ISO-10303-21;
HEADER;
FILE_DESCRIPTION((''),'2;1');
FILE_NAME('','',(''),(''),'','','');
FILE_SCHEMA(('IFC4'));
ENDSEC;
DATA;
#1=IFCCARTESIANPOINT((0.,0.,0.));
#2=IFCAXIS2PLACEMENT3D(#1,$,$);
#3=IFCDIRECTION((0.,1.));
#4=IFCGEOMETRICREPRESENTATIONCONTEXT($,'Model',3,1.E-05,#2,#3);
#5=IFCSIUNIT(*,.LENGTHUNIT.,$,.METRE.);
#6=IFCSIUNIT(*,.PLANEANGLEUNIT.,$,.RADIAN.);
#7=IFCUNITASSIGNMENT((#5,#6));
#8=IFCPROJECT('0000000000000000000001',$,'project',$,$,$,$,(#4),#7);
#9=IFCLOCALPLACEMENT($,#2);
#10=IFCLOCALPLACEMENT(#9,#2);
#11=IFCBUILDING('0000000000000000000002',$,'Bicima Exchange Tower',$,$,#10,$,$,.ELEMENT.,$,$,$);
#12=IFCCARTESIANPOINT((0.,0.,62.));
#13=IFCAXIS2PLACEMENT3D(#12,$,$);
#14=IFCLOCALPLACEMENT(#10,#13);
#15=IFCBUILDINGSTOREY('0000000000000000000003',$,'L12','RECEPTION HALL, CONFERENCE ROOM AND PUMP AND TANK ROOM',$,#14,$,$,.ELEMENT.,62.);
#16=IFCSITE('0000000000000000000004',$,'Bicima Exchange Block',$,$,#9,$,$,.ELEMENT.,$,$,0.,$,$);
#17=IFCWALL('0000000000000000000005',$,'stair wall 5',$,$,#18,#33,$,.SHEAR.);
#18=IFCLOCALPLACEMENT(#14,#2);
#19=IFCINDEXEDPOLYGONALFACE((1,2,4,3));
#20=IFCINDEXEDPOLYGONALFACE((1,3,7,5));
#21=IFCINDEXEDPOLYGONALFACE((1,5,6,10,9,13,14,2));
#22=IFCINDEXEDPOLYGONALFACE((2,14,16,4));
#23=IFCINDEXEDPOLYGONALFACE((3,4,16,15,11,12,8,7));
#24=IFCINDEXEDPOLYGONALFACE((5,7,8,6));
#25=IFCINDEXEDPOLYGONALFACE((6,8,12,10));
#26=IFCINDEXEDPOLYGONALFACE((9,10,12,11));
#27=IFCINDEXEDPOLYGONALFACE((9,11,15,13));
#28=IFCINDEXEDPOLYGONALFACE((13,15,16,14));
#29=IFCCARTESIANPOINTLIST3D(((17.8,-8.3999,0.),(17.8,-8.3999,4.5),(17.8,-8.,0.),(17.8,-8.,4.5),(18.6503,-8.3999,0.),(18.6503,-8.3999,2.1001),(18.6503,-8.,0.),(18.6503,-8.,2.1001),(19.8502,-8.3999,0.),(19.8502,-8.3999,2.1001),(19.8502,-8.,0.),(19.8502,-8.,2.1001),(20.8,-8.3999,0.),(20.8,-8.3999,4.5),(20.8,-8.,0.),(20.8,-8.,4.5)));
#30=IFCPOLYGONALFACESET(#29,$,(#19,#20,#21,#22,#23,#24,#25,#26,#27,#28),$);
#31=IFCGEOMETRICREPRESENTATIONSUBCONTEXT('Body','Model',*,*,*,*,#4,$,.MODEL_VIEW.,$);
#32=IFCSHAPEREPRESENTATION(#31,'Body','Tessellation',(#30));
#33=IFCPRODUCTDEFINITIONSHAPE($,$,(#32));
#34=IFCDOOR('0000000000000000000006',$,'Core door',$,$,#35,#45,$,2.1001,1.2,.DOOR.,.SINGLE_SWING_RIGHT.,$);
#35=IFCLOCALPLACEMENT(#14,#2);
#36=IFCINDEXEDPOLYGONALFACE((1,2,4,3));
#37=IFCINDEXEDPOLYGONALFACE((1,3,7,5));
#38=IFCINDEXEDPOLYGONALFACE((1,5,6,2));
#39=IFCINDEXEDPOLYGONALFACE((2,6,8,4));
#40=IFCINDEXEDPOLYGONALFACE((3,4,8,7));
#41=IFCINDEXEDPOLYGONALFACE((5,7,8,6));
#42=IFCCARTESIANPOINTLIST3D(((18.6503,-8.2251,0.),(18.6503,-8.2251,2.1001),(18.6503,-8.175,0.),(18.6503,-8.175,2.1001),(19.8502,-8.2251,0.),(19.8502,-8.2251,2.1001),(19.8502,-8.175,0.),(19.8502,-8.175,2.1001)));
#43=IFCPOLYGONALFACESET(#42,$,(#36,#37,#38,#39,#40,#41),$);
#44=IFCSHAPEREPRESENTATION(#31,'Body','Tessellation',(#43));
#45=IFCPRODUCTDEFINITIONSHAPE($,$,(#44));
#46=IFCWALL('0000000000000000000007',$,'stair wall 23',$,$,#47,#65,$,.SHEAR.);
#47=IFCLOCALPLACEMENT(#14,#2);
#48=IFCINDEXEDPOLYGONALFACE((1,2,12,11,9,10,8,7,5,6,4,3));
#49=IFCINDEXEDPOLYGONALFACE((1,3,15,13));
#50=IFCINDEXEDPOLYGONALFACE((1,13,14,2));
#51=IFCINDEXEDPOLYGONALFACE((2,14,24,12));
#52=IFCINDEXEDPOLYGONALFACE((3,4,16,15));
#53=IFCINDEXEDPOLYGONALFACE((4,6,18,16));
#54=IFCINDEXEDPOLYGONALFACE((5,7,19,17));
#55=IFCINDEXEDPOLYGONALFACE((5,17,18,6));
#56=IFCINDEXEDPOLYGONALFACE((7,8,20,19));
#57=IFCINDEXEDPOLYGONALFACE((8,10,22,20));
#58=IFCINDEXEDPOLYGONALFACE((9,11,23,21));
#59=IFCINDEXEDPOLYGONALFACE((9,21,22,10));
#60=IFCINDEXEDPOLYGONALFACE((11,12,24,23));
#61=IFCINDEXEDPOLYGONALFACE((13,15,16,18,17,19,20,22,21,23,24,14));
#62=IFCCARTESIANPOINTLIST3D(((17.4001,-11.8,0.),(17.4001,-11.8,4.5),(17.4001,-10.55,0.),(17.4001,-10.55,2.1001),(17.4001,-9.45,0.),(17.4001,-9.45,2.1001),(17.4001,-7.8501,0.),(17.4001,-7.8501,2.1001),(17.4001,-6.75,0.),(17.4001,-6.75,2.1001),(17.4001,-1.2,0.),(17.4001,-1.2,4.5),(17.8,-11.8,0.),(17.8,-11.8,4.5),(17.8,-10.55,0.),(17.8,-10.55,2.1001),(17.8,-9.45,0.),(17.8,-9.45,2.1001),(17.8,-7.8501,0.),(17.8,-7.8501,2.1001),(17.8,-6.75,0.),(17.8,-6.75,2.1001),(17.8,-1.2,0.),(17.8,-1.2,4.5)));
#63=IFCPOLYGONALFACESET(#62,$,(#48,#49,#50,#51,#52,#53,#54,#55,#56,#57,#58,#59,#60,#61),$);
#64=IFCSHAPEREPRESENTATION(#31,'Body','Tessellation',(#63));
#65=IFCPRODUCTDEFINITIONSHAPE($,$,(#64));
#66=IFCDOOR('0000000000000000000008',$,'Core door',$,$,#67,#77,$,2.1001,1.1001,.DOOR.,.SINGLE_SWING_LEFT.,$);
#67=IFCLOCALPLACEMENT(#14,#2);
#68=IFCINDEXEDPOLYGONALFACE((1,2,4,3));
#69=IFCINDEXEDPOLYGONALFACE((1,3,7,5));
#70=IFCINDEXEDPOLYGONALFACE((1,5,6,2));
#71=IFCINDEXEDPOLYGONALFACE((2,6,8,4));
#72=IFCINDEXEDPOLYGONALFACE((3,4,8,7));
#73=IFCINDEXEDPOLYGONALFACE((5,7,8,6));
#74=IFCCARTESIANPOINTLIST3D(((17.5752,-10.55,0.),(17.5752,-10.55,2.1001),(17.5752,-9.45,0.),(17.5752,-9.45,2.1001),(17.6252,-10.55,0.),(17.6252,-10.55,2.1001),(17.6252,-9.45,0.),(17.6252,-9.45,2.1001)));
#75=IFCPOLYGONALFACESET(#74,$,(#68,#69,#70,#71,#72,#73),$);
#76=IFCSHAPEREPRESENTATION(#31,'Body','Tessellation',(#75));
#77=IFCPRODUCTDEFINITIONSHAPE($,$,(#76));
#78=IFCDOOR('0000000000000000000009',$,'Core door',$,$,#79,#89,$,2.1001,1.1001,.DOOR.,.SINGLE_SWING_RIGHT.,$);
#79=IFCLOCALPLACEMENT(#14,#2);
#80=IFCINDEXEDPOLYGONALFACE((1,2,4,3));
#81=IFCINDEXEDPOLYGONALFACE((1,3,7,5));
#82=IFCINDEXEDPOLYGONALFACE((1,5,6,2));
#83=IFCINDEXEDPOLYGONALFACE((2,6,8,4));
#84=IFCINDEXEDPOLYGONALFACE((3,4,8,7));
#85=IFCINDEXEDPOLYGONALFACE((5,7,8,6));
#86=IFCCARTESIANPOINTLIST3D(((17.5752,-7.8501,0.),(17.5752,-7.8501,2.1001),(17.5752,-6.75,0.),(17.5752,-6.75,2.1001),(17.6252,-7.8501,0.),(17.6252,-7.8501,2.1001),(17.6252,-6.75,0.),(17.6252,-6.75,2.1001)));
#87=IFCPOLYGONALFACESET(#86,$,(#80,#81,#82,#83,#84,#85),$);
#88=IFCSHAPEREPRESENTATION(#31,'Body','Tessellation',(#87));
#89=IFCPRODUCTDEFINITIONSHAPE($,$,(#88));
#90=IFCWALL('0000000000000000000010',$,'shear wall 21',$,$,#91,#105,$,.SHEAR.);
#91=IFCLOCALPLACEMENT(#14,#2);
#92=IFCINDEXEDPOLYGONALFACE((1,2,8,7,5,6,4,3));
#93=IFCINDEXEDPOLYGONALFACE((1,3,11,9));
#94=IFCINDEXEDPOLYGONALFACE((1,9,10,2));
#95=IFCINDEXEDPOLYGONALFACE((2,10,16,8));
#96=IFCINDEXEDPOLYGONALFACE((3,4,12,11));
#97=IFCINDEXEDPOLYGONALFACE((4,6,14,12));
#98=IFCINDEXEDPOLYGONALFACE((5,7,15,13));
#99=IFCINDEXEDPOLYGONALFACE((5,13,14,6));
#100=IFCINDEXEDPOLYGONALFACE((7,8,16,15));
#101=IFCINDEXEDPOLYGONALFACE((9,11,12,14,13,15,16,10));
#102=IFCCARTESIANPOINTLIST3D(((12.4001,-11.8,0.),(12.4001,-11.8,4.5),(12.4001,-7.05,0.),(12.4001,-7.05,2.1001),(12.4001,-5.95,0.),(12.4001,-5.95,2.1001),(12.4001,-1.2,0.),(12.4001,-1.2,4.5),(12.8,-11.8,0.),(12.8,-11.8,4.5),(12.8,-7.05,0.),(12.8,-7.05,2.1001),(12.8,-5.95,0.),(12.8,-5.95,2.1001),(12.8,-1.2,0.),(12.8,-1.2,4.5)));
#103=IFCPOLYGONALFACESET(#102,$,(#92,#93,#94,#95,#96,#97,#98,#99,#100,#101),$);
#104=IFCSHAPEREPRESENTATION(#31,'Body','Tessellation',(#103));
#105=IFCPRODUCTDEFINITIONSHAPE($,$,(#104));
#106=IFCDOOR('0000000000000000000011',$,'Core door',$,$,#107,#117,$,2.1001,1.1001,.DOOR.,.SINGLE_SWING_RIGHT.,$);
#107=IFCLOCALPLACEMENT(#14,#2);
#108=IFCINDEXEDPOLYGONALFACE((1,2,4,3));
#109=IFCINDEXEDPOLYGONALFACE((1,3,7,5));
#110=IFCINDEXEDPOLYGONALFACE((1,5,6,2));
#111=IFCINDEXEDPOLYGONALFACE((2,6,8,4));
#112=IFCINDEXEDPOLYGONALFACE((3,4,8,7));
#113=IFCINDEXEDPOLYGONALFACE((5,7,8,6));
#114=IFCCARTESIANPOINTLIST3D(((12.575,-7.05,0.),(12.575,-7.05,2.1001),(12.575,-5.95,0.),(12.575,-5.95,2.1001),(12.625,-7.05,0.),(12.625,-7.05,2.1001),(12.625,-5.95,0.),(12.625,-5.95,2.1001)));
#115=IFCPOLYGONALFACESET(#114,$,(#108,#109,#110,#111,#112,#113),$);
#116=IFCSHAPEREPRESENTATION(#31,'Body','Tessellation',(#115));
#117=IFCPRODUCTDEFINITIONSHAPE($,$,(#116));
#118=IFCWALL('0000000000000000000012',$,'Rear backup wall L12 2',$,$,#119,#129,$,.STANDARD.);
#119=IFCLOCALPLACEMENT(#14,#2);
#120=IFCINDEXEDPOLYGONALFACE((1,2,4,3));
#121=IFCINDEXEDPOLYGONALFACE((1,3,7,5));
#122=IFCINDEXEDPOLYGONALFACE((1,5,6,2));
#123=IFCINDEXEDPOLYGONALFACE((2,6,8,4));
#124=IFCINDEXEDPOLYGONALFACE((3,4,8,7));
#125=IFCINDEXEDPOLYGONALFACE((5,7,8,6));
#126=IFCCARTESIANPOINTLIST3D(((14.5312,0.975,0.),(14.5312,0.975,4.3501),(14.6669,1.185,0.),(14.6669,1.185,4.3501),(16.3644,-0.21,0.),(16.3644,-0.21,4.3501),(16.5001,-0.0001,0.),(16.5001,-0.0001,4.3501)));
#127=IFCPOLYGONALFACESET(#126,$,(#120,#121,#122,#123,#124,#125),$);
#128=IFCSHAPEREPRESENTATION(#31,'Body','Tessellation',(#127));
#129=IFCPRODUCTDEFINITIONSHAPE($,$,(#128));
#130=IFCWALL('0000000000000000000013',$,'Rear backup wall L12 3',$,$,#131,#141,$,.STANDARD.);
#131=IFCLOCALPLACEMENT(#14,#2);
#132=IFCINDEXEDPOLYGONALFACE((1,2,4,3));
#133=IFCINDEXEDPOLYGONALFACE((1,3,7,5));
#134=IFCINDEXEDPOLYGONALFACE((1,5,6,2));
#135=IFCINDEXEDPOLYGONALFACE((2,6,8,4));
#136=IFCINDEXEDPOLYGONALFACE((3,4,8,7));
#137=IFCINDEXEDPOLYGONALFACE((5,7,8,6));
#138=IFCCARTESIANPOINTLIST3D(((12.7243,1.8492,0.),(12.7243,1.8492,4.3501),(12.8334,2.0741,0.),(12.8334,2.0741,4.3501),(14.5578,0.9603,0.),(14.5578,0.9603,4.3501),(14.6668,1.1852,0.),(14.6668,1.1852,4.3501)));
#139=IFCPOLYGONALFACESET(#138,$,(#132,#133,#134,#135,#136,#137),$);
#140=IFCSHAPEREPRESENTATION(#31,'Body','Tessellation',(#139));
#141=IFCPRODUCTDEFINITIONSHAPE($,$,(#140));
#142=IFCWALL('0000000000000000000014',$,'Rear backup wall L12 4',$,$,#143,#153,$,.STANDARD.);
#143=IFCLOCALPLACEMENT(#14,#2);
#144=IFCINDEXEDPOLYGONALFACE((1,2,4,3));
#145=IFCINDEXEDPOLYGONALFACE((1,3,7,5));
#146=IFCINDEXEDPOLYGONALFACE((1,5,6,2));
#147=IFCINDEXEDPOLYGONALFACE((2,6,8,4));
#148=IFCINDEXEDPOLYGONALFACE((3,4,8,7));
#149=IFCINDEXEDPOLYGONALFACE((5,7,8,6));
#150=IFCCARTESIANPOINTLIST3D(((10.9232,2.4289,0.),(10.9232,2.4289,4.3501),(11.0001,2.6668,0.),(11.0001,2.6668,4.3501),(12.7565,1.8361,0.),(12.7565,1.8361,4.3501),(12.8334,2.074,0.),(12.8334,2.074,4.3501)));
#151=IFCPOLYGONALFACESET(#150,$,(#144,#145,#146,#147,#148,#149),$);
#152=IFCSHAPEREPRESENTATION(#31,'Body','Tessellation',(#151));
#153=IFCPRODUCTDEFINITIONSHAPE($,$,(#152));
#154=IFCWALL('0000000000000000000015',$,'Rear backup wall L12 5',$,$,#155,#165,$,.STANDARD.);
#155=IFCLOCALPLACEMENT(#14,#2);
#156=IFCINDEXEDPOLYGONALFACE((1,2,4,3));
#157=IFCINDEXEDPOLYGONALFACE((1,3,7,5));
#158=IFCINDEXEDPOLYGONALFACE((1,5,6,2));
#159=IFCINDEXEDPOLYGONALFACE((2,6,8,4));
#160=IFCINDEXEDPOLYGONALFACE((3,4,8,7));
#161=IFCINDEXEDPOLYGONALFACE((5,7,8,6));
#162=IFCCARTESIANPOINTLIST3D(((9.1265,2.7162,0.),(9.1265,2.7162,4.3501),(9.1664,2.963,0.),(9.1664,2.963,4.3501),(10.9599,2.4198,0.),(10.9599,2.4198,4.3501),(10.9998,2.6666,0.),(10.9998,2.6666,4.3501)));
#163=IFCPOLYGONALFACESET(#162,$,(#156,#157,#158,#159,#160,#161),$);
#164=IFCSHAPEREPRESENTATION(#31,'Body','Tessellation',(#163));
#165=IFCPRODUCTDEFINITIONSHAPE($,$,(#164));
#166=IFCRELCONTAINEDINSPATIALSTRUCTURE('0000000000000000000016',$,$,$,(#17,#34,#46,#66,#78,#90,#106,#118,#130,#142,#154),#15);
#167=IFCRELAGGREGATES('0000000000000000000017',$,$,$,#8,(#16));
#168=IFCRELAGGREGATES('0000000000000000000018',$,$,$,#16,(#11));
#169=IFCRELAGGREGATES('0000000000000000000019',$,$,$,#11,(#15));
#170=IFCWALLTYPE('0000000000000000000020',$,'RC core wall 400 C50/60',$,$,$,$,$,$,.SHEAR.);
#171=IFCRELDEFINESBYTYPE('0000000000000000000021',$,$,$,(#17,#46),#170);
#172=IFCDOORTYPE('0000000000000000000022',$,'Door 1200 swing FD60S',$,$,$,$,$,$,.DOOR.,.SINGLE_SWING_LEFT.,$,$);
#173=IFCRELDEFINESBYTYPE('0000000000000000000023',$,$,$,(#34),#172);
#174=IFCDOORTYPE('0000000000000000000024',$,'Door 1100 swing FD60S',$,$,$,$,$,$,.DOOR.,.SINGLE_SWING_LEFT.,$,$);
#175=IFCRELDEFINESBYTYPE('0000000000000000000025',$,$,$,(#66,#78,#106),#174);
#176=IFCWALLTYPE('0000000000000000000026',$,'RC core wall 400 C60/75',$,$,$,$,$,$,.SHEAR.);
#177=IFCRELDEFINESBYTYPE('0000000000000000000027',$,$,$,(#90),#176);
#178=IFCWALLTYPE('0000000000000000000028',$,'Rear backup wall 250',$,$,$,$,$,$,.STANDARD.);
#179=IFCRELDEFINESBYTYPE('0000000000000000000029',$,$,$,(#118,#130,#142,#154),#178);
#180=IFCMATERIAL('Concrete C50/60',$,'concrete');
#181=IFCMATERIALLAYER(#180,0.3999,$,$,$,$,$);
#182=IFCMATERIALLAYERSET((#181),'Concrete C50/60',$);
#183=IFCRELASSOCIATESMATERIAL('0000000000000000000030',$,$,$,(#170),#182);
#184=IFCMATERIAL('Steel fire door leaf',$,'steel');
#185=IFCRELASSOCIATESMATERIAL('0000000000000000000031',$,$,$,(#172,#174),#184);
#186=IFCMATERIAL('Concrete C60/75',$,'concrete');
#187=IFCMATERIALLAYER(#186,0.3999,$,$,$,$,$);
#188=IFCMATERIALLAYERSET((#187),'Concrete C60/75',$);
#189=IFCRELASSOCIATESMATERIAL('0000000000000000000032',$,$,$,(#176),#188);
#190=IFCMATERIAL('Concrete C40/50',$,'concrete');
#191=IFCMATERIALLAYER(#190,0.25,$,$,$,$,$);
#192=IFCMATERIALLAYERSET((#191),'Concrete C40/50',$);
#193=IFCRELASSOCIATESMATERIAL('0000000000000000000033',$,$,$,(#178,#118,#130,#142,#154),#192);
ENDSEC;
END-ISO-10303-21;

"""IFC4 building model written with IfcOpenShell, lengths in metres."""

from ifc_helpers import new_model, si_unit, direction, frame, frame_2d, origin, place, context, subcontext, project, spatial, rectangle, extrude, material, layer, layer_set, layer_usage, type_object, element, fill, save


model = new_model("IFC4")

# Units and contexts
model_context = context("Model", 3, precision=1e-05, world=origin(), true_north=direction((0.0, 1.0)))
body_context = subcontext(model_context, "Body", "Model", "MODEL_VIEW")
ifc_project = project(units=[si_unit("LENGTHUNIT", "METRE"), si_unit("PLANEANGLEUNIT", "RADIAN")], contexts=[model_context])

# Site, building, storey
site_placement = place(None, origin())
site = spatial("IfcSite", under=ifc_project, at=site_placement, Name="Bicima Exchange Block", CompositionType="ELEMENT", RefElevation=0.0)
building_placement = place(site_placement, origin())
building = spatial("IfcBuilding", under=site, at=building_placement, Name="Bicima Exchange Tower", CompositionType="ELEMENT")
storey_placement = place(building_placement, frame((0.0, 0.0, 62.0)))
storey = spatial("IfcBuildingStorey", under=building, at=storey_placement, Name="L12", Description="RECEPTION HALL, CONFERENCE ROOM AND PUMP AND TANK ROOM", CompositionType="ELEMENT", Elevation=62.0)

# Wall, opening, door
ifc_material_1 = material(Name="Concrete C50/60", Category="concrete")
ifc_layer_1 = layer(ifc_material_1, 0.3999)
ifc_layer_set_1 = layer_set([ifc_layer_1], Name="Concrete C50/60")
wall_type_1 = type_object("IfcWallType", Name="RC core wall 400 C50/60", PredefinedType="SHEAR", material=ifc_layer_set_1)
wall_1_placement = place(storey_placement, frame((17.8, -8.2, 0.0), z_axis=(0.0, 0.0, 1.0), x_axis=(1.0, 0.0, 0.0)))
wall_1 = element("IfcWall", 1, at=wall_1_placement, inside=storey, type_object=wall_type_1, Name="stair wall 5", PredefinedType="SHEAR", context=body_context, shape_type="SweptSolid", body=[
    extrude(rectangle(XDim=3.0, YDim=0.3999, at=frame_2d((1.5, 0.0))), origin(), (0.0, 0.0, 1.0), 4.5),
])
opening_1_placement = place(wall_1_placement, frame((0.8501, 0.0, 0.0)))
opening_1 = element("IfcOpeningElement", 2, at=opening_1_placement, cuts=wall_1, PredefinedType="OPENING", context=body_context, shape_type="SweptSolid", body=[
    extrude(rectangle(XDim=1.2, YDim=2.1001, at=frame_2d((0.6001, 1.05))), frame((0.0, 0.2119, 0.0), z_axis=(0.0, -1.0, 0.0), x_axis=(1.0, 0.0, 0.0)), (0.0, 0.0, 1.0), 0.4238),
])
ifc_material_2 = material(Name="Steel fire door leaf", Category="steel")
door_type_1 = type_object("IfcDoorType", Name="Door 1200 swing FD60S", OperationType="SINGLE_SWING_LEFT", PredefinedType="DOOR", material=ifc_material_2)
door_1_placement = place(opening_1_placement, origin())
door_1 = element("IfcDoor", 3, at=door_1_placement, inside=storey, type_object=door_type_1, Name="Core door", OperationType="SINGLE_SWING_RIGHT", OverallHeight=2.1001, OverallWidth=1.2, PredefinedType="DOOR", context=body_context, shape_type="SweptSolid", body=[
    extrude(rectangle(XDim=1.2, YDim=2.1001, at=frame_2d((0.6001, 1.05))), frame((0.0, 0.0249, 0.0), z_axis=(0.0, -1.0, 0.0), x_axis=(1.0, 0.0, 0.0)), (0.0, 0.0, 1.0), 0.05),
])
fill(opening_1, door_1)

# Wall, openings, doors
wall_2_placement = place(storey_placement, frame((17.6001, -11.8, 0.0), z_axis=(0.0, 0.0, 1.0), x_axis=(0.0, 1.0, 0.0)))
wall_2 = element("IfcWall", 4, at=wall_2_placement, inside=storey, type_object=wall_type_1, Name="stair wall 23", PredefinedType="SHEAR", context=body_context, shape_type="SweptSolid", body=[
    extrude(rectangle(XDim=10.6001, YDim=0.3999, at=frame_2d((5.3, 0.0))), origin(), (0.0, 0.0, 1.0), 4.5),
])
opening_2_placement = place(wall_2_placement, frame((1.25, 0.0, 0.0)))
opening_2 = element("IfcOpeningElement", 5, at=opening_2_placement, cuts=wall_2, PredefinedType="OPENING", context=body_context, shape_type="SweptSolid", body=[
    extrude(rectangle(XDim=1.1001, YDim=2.1001, at=frame_2d((0.55, 1.05))), frame((0.0, 0.2119, 0.0), z_axis=(0.0, -1.0, 0.0), x_axis=(1.0, 0.0, 0.0)), (0.0, 0.0, 1.0), 0.4238),
])
opening_3_placement = place(wall_2_placement, frame((3.95, 0.0, 0.0)))
opening_3 = element("IfcOpeningElement", 6, at=opening_3_placement, cuts=wall_2, PredefinedType="OPENING", context=body_context, shape_type="SweptSolid", body=[
    extrude(rectangle(XDim=1.1001, YDim=2.1001, at=frame_2d((0.55, 1.05))), frame((0.0, 0.2119, 0.0), z_axis=(0.0, -1.0, 0.0), x_axis=(1.0, 0.0, 0.0)), (0.0, 0.0, 1.0), 0.4238),
])
door_type_2 = type_object("IfcDoorType", Name="Door 1100 swing FD60S", OperationType="SINGLE_SWING_LEFT", PredefinedType="DOOR", material=ifc_material_2)
door_2_placement = place(opening_2_placement, origin())
door_2 = element("IfcDoor", 7, at=door_2_placement, inside=storey, type_object=door_type_2, Name="Core door", OperationType="SINGLE_SWING_LEFT", OverallHeight=2.1001, OverallWidth=1.1001, PredefinedType="DOOR", context=body_context, shape_type="SweptSolid", body=[
    extrude(rectangle(XDim=1.1001, YDim=2.1001, at=frame_2d((0.55, 1.05))), frame((0.0, 0.0249, 0.0), z_axis=(0.0, -1.0, 0.0), x_axis=(1.0, 0.0, 0.0)), (0.0, 0.0, 1.0), 0.05),
])
fill(opening_2, door_2)
door_3_placement = place(opening_3_placement, origin())
door_3 = element("IfcDoor", 8, at=door_3_placement, inside=storey, type_object=door_type_2, Name="Core door", OperationType="SINGLE_SWING_RIGHT", OverallHeight=2.1001, OverallWidth=1.1001, PredefinedType="DOOR", context=body_context, shape_type="SweptSolid", body=[
    extrude(rectangle(XDim=1.1001, YDim=2.1001, at=frame_2d((0.55, 1.05))), frame((0.0, 0.0249, 0.0), z_axis=(0.0, -1.0, 0.0), x_axis=(1.0, 0.0, 0.0)), (0.0, 0.0, 1.0), 0.05),
])
fill(opening_3, door_3)

# Wall, opening, door
ifc_material_3 = material(Name="Concrete C60/75", Category="concrete")
ifc_layer_2 = layer(ifc_material_3, 0.3999)
ifc_layer_set_2 = layer_set([ifc_layer_2], Name="Concrete C60/75")
wall_type_2 = type_object("IfcWallType", Name="RC core wall 400 C60/75", PredefinedType="SHEAR", material=ifc_layer_set_2)
wall_3_placement = place(storey_placement, frame((12.6001, -11.8, 0.0), z_axis=(0.0, 0.0, 1.0), x_axis=(0.0, 1.0, 0.0)))
wall_3 = element("IfcWall", 9, at=wall_3_placement, inside=storey, type_object=wall_type_2, Name="shear wall 21", PredefinedType="SHEAR", context=body_context, shape_type="SweptSolid", body=[
    extrude(rectangle(XDim=10.6001, YDim=0.3999, at=frame_2d((5.3, 0.0))), origin(), (0.0, 0.0, 1.0), 4.5),
])
opening_4_placement = place(wall_3_placement, frame((4.75, 0.0, 0.0)))
opening_4 = element("IfcOpeningElement", 10, at=opening_4_placement, cuts=wall_3, PredefinedType="OPENING", context=body_context, shape_type="SweptSolid", body=[
    extrude(rectangle(XDim=1.1001, YDim=2.1001, at=frame_2d((0.55, 1.05))), frame((0.0, 0.2119, 0.0), z_axis=(0.0, -1.0, 0.0), x_axis=(1.0, 0.0, 0.0)), (0.0, 0.0, 1.0), 0.4238),
])
door_4_placement = place(opening_4_placement, frame((1.1001, 0.0, 0.0), z_axis=(0.0, 0.0, 1.0), x_axis=(-1.0, 0.0, 0.0)))
door_4 = element("IfcDoor", 11, at=door_4_placement, inside=storey, type_object=door_type_2, Name="Core door", OperationType="SINGLE_SWING_RIGHT", OverallHeight=2.1001, OverallWidth=1.1001, PredefinedType="DOOR", context=body_context, shape_type="SweptSolid", body=[
    extrude(rectangle(XDim=1.1001, YDim=2.1001, at=frame_2d((0.55, 1.05))), frame((0.0, 0.0249, 0.0), z_axis=(0.0, -1.0, 0.0), x_axis=(1.0, 0.0, 0.0)), (0.0, 0.0, 1.0), 0.05),
])
fill(opening_4, door_4)

# Walls
ifc_material_4 = material(Name="Concrete C40/50", Category="concrete")
ifc_layer_3 = layer(ifc_material_4, 0.25)
ifc_layer_set_3 = layer_set([ifc_layer_3], Name="Concrete C40/50")
ifc_layer_usage = layer_usage(ifc_layer_set_3, "AXIS2", "POSITIVE", -0.125)
wall_type_3 = type_object("IfcWallType", Name="Rear backup wall 250", PredefinedType="STANDARD", material=ifc_layer_set_3)
wall_4_placement = place(storey_placement, frame((16.4321, -0.105, 0.0), z_axis=(0.0, 0.0, 1.0), x_axis=(-0.839813, 0.542876, 0.0)))
element("IfcWall", 12, at=wall_4_placement, inside=storey, type_object=wall_type_3, material=ifc_layer_usage, Name="Rear backup wall L12 2", PredefinedType="STANDARD", context=body_context, shape_type="SweptSolid", body=[
    extrude(rectangle(XDim=2.1829, YDim=0.25, at=frame_2d((1.0913, 0.0))), origin(), (0.0, 0.0, 1.0), 4.3501),
])
wall_5_placement = place(storey_placement, frame((14.6123, 1.0728, 0.0), z_axis=(0.0, 0.0, 1.0), x_axis=(-0.899824, 0.436253, 0.0)))
element("IfcWall", 13, at=wall_5_placement, inside=storey, type_object=wall_type_3, material=ifc_layer_usage, Name="Rear backup wall L12 3", PredefinedType="STANDARD", context=body_context, shape_type="SweptSolid", body=[
    extrude(rectangle(XDim=2.0376, YDim=0.25, at=frame_2d((1.0188, 0.0))), origin(), (0.0, 0.0, 1.0), 4.3501),
])
wall_6_placement = place(storey_placement, frame((12.7949, 1.9551, 0.0), z_axis=(0.0, 0.0, 1.0), x_axis=(-0.951496, 0.307662, 0.0)))
element("IfcWall", 14, at=wall_6_placement, inside=storey, type_object=wall_type_3, material=ifc_layer_usage, Name="Rear backup wall L12 4", PredefinedType="STANDARD", context=body_context, shape_type="SweptSolid", body=[
    extrude(rectangle(XDim=1.9268, YDim=0.25, at=frame_2d((0.9634, 0.0))), origin(), (0.0, 0.0, 1.0), 4.3501),
])
wall_7_placement = place(storey_placement, frame((10.98, 2.5432, 0.0), z_axis=(0.0, 0.0, 1.0), x_axis=(-0.987182, 0.1596, 0.0)))
element("IfcWall", 15, at=wall_7_placement, inside=storey, type_object=wall_type_3, material=ifc_layer_usage, Name="Rear backup wall L12 5", PredefinedType="STANDARD", context=body_context, shape_type="SweptSolid", body=[
    extrude(rectangle(XDim=1.8572, YDim=0.25, at=frame_2d((0.9287, 0.0))), origin(), (0.0, 0.0, 1.0), 4.3501),
])

save(model, "model.ifc")
